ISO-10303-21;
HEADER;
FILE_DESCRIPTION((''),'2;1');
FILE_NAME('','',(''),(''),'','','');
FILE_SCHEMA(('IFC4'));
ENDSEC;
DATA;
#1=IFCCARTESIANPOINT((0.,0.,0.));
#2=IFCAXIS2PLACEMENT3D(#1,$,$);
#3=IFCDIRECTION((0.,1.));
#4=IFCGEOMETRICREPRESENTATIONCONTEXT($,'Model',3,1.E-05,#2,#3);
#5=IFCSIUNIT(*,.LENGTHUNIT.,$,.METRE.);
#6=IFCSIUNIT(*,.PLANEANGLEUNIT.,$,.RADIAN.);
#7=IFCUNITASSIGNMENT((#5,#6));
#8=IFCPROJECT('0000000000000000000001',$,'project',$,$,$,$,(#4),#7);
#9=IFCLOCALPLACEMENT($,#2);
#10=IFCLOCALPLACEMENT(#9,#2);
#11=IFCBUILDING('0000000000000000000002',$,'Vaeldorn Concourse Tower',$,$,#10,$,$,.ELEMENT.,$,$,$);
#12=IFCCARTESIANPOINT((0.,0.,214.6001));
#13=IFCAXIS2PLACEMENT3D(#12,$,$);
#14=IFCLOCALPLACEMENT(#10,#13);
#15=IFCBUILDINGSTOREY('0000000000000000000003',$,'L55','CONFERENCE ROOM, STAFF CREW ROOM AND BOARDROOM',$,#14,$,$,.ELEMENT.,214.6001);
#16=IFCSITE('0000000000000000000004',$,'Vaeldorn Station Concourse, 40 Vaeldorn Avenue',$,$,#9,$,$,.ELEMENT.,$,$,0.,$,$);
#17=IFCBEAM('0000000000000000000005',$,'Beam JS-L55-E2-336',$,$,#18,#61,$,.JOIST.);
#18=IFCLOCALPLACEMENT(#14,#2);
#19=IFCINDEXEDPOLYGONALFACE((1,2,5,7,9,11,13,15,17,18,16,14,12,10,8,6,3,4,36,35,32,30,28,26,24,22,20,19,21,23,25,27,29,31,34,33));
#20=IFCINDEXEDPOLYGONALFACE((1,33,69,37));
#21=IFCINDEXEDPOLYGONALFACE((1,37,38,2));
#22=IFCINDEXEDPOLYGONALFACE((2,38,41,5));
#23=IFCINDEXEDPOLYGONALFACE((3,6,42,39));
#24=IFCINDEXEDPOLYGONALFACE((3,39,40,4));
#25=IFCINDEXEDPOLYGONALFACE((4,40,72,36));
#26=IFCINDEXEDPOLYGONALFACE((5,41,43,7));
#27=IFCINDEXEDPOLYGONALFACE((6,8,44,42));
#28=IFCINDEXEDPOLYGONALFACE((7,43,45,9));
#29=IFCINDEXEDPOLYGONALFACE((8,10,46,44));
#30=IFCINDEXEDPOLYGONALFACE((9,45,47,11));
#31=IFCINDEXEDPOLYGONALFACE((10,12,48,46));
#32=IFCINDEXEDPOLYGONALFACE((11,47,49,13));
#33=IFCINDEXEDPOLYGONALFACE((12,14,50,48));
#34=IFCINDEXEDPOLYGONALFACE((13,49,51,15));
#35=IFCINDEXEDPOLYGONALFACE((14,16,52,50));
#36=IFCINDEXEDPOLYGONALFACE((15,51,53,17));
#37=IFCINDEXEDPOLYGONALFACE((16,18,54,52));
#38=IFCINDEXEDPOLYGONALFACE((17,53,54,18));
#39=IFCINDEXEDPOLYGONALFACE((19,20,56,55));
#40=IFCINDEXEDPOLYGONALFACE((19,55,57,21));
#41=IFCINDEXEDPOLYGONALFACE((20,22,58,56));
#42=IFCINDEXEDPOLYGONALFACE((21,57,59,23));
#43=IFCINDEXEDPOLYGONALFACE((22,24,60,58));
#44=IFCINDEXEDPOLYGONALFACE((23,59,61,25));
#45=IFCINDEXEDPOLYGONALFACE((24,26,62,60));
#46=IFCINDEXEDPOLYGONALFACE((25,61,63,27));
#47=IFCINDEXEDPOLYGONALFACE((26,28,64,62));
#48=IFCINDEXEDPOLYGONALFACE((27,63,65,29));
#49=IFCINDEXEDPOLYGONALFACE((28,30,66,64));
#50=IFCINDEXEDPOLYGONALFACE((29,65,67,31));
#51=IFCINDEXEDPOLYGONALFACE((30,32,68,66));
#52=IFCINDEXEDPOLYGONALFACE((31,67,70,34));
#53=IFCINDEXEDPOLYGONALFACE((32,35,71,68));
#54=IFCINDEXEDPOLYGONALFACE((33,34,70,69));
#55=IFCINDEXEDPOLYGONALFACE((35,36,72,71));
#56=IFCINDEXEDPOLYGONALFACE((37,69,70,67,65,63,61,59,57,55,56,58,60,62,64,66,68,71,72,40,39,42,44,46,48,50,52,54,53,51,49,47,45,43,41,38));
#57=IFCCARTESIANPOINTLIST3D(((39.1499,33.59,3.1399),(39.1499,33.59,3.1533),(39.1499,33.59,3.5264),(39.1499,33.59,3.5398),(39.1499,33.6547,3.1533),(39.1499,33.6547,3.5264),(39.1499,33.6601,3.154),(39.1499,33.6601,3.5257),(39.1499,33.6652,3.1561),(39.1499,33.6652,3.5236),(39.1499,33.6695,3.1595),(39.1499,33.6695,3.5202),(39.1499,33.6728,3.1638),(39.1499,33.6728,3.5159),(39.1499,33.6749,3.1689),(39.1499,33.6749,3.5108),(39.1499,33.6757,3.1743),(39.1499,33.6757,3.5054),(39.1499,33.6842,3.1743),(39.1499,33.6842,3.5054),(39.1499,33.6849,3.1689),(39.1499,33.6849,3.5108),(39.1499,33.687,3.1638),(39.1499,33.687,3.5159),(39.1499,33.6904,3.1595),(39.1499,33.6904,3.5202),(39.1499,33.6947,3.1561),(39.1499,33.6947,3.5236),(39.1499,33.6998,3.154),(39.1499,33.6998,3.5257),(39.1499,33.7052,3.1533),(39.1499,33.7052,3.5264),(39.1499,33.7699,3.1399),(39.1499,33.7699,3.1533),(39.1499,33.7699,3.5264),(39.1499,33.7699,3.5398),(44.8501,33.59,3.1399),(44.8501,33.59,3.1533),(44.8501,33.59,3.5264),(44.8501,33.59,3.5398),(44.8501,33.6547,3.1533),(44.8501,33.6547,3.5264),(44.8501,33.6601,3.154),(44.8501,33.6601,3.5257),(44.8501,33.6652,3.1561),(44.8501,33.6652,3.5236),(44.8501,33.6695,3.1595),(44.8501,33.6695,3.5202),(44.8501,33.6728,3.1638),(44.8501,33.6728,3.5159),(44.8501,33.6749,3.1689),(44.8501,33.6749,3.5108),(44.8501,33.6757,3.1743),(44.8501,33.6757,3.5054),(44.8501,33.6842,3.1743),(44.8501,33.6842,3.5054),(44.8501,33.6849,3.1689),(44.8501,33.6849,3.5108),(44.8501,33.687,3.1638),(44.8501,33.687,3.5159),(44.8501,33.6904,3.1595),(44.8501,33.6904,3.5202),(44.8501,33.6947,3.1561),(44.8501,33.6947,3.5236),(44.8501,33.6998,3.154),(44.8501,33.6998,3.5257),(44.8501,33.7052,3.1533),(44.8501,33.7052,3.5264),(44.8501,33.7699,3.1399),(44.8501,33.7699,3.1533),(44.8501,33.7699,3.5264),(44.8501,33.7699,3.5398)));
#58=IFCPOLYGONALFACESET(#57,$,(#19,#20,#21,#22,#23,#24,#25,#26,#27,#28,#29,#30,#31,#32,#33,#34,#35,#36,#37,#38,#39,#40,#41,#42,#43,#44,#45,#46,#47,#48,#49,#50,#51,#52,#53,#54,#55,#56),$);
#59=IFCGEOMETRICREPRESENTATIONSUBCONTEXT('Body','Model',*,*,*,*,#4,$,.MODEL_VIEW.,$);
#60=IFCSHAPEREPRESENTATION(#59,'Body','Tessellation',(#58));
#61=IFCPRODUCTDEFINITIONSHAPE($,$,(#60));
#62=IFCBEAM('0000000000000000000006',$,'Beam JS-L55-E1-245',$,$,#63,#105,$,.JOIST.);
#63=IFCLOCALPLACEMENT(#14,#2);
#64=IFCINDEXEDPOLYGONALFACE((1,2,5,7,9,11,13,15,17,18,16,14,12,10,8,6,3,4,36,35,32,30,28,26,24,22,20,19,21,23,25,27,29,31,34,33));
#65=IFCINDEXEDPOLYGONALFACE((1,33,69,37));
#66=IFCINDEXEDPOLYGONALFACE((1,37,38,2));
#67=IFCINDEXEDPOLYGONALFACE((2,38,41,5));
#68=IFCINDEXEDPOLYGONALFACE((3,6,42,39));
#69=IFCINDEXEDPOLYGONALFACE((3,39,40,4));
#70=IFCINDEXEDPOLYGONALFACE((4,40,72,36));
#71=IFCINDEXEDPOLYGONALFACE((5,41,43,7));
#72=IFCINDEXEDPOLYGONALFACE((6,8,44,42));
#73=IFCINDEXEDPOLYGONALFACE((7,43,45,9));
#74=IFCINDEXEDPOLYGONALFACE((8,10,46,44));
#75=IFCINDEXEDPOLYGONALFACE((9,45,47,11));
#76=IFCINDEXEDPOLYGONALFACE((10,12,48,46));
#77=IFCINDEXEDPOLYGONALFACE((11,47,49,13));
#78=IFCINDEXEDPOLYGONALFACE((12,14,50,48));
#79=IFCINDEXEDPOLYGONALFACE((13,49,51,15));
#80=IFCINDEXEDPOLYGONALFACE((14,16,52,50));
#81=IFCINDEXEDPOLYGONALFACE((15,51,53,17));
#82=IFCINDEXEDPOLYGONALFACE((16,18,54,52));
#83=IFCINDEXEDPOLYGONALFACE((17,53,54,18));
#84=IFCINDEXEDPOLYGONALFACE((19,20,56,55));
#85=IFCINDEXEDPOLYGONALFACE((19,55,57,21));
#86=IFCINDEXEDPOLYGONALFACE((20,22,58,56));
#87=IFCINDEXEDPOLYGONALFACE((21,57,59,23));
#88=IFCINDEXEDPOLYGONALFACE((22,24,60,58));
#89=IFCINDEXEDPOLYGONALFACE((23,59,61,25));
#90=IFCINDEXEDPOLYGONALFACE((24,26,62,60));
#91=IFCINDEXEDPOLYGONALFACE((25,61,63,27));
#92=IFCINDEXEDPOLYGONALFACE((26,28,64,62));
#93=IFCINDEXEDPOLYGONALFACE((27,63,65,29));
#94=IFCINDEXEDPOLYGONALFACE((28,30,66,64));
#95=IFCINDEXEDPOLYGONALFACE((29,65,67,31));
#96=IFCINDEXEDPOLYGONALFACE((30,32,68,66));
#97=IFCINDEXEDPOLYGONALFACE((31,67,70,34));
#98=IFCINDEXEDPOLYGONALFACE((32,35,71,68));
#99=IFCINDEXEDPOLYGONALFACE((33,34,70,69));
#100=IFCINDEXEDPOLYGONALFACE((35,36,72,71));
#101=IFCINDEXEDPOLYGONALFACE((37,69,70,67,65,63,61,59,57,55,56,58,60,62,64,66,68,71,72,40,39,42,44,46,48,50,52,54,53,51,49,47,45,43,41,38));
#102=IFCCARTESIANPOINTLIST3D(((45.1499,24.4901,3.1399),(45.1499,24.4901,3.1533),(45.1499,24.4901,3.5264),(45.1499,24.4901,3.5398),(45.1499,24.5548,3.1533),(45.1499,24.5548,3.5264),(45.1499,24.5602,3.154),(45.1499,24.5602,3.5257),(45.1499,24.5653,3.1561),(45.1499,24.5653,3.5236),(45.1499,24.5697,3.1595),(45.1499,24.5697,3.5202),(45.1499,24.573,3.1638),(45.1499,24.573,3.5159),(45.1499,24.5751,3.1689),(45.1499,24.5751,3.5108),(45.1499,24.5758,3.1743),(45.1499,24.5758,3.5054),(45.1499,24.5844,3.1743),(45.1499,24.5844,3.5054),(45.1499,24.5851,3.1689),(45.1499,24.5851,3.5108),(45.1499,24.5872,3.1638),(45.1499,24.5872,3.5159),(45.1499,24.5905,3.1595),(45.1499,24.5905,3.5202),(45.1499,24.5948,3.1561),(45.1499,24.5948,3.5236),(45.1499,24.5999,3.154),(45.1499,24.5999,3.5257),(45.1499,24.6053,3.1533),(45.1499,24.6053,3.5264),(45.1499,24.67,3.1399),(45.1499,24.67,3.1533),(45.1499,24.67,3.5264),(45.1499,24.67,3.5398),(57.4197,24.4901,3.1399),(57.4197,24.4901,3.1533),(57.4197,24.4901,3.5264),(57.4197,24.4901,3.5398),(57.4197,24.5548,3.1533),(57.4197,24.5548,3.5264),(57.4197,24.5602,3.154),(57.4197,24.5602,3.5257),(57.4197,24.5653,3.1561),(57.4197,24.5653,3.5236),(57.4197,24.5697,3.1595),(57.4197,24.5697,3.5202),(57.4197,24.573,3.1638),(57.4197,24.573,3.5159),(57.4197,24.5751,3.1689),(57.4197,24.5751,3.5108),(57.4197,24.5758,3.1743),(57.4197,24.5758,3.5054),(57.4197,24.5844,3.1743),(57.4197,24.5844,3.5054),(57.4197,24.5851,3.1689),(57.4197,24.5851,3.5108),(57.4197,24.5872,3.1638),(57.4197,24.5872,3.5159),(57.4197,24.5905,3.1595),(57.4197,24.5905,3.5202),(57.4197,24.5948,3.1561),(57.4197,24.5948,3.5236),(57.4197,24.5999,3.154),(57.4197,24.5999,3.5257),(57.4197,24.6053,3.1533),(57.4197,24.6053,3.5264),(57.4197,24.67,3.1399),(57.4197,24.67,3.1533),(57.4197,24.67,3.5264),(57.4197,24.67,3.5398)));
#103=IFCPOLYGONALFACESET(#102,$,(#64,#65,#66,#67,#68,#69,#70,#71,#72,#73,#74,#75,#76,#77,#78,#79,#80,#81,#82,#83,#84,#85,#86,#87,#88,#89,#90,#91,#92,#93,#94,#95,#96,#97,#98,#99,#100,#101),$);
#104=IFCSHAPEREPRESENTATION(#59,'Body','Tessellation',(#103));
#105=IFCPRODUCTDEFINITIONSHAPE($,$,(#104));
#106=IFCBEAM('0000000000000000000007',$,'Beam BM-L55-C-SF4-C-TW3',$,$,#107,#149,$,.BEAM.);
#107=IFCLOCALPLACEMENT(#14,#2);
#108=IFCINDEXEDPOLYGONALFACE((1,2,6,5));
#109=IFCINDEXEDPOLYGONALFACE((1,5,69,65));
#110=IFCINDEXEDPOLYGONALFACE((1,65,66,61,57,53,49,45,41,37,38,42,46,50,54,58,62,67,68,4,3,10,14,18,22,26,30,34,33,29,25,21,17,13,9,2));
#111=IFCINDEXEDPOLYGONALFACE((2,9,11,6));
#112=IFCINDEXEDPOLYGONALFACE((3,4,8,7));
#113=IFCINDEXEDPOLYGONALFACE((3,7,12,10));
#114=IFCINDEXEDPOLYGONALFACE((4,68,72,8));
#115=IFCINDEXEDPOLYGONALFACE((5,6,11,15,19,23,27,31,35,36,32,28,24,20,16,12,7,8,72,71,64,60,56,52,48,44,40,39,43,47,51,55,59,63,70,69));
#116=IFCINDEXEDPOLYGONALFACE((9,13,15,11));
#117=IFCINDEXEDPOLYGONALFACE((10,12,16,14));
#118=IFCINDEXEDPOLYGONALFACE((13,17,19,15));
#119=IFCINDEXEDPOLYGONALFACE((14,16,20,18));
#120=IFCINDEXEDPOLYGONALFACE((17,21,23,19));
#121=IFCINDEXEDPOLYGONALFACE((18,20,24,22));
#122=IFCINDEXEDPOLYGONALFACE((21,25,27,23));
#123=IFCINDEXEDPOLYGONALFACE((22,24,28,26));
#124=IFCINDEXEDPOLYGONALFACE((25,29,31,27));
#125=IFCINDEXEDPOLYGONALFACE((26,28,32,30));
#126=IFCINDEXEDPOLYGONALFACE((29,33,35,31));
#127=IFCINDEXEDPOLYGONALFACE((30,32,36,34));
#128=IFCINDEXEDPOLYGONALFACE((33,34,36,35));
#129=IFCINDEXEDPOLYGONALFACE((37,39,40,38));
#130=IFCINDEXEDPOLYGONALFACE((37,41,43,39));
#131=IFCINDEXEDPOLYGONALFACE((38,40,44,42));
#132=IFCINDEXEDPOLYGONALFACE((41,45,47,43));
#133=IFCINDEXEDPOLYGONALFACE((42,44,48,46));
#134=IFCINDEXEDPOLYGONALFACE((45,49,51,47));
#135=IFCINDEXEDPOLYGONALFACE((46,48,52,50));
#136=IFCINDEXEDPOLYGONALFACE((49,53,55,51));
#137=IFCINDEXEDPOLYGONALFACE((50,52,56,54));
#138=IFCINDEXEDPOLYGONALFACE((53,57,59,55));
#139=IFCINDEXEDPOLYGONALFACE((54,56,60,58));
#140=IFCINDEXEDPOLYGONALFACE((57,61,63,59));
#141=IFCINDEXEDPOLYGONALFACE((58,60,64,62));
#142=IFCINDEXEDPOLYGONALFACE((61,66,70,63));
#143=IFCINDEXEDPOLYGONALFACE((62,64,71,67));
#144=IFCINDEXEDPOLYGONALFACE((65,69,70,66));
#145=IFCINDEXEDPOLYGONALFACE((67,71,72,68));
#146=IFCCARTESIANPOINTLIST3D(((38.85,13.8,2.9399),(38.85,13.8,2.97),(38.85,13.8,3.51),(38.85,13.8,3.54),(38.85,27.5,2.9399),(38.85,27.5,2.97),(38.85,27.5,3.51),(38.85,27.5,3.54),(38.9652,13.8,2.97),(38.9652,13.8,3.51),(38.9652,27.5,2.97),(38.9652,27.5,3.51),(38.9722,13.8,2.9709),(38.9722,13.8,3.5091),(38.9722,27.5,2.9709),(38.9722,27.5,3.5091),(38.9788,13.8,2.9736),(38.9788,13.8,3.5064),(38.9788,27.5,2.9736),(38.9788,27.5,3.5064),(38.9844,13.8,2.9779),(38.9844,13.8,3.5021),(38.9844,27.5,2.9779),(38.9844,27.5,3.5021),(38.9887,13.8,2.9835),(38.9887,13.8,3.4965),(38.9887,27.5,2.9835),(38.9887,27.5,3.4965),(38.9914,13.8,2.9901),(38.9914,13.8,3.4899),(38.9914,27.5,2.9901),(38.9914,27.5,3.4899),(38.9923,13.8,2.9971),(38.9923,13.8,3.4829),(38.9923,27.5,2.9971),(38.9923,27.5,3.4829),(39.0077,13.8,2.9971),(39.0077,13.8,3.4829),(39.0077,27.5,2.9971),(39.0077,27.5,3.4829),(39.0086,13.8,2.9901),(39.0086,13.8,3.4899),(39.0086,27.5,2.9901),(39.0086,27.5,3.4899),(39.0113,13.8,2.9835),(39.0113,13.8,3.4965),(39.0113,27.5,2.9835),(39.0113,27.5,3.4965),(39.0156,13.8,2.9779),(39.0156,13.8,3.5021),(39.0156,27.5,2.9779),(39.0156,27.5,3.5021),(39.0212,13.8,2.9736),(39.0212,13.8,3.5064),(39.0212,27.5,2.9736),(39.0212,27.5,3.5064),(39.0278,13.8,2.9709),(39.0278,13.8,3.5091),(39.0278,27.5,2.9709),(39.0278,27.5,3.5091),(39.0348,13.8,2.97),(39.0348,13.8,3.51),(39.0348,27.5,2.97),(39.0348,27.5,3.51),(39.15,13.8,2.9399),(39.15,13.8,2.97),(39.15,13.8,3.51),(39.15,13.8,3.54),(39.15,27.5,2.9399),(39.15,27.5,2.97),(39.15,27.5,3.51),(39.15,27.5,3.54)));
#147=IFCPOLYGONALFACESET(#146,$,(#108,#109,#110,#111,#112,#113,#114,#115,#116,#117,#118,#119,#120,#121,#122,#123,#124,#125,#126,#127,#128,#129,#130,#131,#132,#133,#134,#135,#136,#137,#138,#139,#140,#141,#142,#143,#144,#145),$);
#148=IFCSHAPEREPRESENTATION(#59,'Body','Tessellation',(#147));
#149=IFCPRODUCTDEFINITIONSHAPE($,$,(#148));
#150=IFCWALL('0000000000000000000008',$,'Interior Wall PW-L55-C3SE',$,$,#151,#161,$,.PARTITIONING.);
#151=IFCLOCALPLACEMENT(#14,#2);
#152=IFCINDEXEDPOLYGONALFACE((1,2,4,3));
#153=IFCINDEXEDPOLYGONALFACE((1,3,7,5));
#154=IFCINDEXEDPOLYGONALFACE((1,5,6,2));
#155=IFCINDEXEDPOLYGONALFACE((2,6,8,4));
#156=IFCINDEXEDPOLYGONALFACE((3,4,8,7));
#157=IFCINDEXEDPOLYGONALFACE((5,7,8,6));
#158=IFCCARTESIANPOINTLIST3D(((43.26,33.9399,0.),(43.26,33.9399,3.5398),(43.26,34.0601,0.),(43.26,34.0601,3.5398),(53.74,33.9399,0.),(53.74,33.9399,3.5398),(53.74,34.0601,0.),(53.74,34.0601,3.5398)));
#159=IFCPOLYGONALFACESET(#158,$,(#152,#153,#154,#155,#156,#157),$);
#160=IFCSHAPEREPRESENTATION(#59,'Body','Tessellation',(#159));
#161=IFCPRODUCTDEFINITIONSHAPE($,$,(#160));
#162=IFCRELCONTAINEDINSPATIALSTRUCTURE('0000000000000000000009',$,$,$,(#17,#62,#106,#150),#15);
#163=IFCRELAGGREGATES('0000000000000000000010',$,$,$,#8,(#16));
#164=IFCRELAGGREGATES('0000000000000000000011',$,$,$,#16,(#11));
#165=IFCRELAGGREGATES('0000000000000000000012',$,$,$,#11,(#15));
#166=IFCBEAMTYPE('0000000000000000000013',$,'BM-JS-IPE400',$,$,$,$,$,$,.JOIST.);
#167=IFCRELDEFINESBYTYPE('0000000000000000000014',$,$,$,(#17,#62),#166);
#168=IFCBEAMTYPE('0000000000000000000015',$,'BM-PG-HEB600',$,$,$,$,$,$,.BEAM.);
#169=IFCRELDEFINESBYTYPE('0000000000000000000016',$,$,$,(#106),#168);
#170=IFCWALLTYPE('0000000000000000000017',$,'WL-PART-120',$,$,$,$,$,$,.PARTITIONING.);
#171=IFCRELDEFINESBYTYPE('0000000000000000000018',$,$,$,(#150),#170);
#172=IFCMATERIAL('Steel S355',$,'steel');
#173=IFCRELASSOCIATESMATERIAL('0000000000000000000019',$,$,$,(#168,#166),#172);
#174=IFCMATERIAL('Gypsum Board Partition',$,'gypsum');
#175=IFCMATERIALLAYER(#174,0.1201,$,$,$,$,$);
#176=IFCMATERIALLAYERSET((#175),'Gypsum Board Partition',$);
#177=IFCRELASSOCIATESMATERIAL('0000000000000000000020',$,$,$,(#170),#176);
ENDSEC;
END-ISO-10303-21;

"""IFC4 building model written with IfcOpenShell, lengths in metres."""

from ifc_helpers import new_model, si_unit, direction, frame, frame_2d, origin, origin_2d, place, context, subcontext, project, spatial, rectangle, i_section, extrude, source, transform, mapped, material, layer, layer_set, material_profile, profile_set, type_object, element, save


model = new_model("IFC4")

# Units and contexts
model_context = context("Model", 3, precision=1e-05, world=origin(), true_north=direction((0.0, 1.0)))
body_context = subcontext(model_context, "Body", "Model", "MODEL_VIEW")
ifc_project = project(units=[si_unit("LENGTHUNIT", "METRE"), si_unit("PLANEANGLEUNIT", "RADIAN")], contexts=[model_context])

# Site, building, storey
site_placement = place(None, origin())
site = spatial("IfcSite", under=ifc_project, at=site_placement, Name="Vaeldorn Station Concourse, 40 Vaeldorn Avenue", CompositionType="ELEMENT", RefElevation=0.0)
building_placement = place(site_placement, origin())
building = spatial("IfcBuilding", under=site, at=building_placement, Name="Vaeldorn Concourse Tower", CompositionType="ELEMENT")
storey_placement = place(building_placement, frame((0.0, 0.0, 214.6001)))
storey = spatial("IfcBuildingStorey", under=building, at=storey_placement, Name="L55", Description="CONFERENCE ROOM, STAFF CREW ROOM AND BOARDROOM", CompositionType="ELEMENT", Elevation=214.6001)

# Shared definitions
ifc_material_1 = material(Name="Steel S355", Category="steel")

# Beams
ifc_material_profile_1 = material_profile(ifc_material_1, i_section(OverallWidth=0.3, OverallDepth=0.6001, WebThickness=0.0154, FlangeThickness=0.03, FilletRadius=0.0271, at=origin_2d()), Name="HEB 600")
ifc_profile_set_1 = profile_set([ifc_material_profile_1], Name="Steel S355")
beam_type_1 = type_object("IfcBeamType", Name="BM-PG-HEB600", PredefinedType="BEAM", material=ifc_profile_set_1)
ifc_material_profile_2 = material_profile(ifc_material_1, i_section(OverallWidth=0.1799, OverallDepth=0.3999, WebThickness=0.0085, FlangeThickness=0.0134, FilletRadius=0.021, at=origin_2d()), Name="IPE 400")
ifc_profile_set_2 = profile_set([ifc_material_profile_2], Name="Steel S355")
beam_type_2 = type_object("IfcBeamType", Name="BM-JS-IPE400", PredefinedType="JOIST", material=ifc_profile_set_2)
shared_shape_1 = source(origin(), body_context, "Body", "SweptSolid", [
    extrude(i_section(OverallWidth=0.1799, OverallDepth=0.3999, WebThickness=0.0085, FlangeThickness=0.0134, FilletRadius=0.021, at=origin_2d()), origin(), (0.0, 0.0, 1.0), 5.7002),
])
for number, where, z_axis, x_axis, name in (
    (1, (39.1499, 33.6799, 3.3398), (1.0, 0.0, 0.0), (0.0, 1.0, 0.0), "Beam JS-L55-E2-336"),
):
    element("IfcBeam", number, at=place(storey_placement, frame(where, z_axis=z_axis, x_axis=x_axis)), inside=storey, type_object=beam_type_2, Name=name, PredefinedType="JOIST", context=body_context, shape_type="MappedRepresentation", body=[
        mapped(shared_shape_1, transform((0.0, 0.0, 0.0), scale=1.0)),
    ])
shared_shape_2 = source(origin(), body_context, "Body", "SweptSolid", [
    extrude(i_section(OverallWidth=0.1799, OverallDepth=0.3999, WebThickness=0.0085, FlangeThickness=0.0134, FilletRadius=0.021, at=origin_2d()), origin(), (0.0, 0.0, 1.0), 12.2698),
])
beam_1_placement = place(storey_placement, frame((45.1499, 24.5801, 3.3398), z_axis=(1.0, 0.0, 0.0), x_axis=(0.0, 1.0, 0.0)))
element("IfcBeam", 2, at=beam_1_placement, inside=storey, type_object=beam_type_2, Name="Beam JS-L55-E1-245", PredefinedType="JOIST", context=body_context, shape_type="MappedRepresentation", body=[
    mapped(shared_shape_2, transform((0.0, 0.0, 0.0), scale=1.0)),
])
shared_shape_3 = source(origin(), body_context, "Body", "SweptSolid", [
    extrude(i_section(OverallWidth=0.3, OverallDepth=0.6001, WebThickness=0.0154, FlangeThickness=0.03, FilletRadius=0.0271, at=origin_2d()), origin(), (0.0, 0.0, 1.0), 13.7),
])
beam_2_placement = place(storey_placement, frame((39.0, 13.8, 3.24), z_axis=(0.0, 1.0, 0.0), x_axis=(-1.0, 0.0, 0.0)))
element("IfcBeam", 3, at=beam_2_placement, inside=storey, type_object=beam_type_1, Name="Beam BM-L55-C-SF4-C-TW3", PredefinedType="BEAM", context=body_context, shape_type="MappedRepresentation", body=[
    mapped(shared_shape_3, transform((0.0, 0.0, 0.0), scale=1.0)),
])

# Wall
ifc_material_2 = material(Name="Gypsum Board Partition", Category="gypsum")
ifc_layer = layer(ifc_material_2, 0.1201)
ifc_layer_set = layer_set([ifc_layer], Name="Gypsum Board Partition")
wall_type = type_object("IfcWallType", Name="WL-PART-120", PredefinedType="PARTITIONING", material=ifc_layer_set)
wall_1_placement = place(storey_placement, frame((43.26, 34.0, 0.0), z_axis=(0.0, 0.0, 1.0), x_axis=(1.0, 0.0, 0.0)))
element("IfcWall", 4, at=wall_1_placement, inside=storey, type_object=wall_type, Name="Interior Wall PW-L55-C3SE", PredefinedType="PARTITIONING", context=body_context, shape_type="SweptSolid", body=[
    extrude(rectangle(XDim=10.48, YDim=0.1201, at=frame_2d((5.24, 0.0))), origin(), (0.0, 0.0, 1.0), 3.5398),
])

save(model, "model.ifc")
